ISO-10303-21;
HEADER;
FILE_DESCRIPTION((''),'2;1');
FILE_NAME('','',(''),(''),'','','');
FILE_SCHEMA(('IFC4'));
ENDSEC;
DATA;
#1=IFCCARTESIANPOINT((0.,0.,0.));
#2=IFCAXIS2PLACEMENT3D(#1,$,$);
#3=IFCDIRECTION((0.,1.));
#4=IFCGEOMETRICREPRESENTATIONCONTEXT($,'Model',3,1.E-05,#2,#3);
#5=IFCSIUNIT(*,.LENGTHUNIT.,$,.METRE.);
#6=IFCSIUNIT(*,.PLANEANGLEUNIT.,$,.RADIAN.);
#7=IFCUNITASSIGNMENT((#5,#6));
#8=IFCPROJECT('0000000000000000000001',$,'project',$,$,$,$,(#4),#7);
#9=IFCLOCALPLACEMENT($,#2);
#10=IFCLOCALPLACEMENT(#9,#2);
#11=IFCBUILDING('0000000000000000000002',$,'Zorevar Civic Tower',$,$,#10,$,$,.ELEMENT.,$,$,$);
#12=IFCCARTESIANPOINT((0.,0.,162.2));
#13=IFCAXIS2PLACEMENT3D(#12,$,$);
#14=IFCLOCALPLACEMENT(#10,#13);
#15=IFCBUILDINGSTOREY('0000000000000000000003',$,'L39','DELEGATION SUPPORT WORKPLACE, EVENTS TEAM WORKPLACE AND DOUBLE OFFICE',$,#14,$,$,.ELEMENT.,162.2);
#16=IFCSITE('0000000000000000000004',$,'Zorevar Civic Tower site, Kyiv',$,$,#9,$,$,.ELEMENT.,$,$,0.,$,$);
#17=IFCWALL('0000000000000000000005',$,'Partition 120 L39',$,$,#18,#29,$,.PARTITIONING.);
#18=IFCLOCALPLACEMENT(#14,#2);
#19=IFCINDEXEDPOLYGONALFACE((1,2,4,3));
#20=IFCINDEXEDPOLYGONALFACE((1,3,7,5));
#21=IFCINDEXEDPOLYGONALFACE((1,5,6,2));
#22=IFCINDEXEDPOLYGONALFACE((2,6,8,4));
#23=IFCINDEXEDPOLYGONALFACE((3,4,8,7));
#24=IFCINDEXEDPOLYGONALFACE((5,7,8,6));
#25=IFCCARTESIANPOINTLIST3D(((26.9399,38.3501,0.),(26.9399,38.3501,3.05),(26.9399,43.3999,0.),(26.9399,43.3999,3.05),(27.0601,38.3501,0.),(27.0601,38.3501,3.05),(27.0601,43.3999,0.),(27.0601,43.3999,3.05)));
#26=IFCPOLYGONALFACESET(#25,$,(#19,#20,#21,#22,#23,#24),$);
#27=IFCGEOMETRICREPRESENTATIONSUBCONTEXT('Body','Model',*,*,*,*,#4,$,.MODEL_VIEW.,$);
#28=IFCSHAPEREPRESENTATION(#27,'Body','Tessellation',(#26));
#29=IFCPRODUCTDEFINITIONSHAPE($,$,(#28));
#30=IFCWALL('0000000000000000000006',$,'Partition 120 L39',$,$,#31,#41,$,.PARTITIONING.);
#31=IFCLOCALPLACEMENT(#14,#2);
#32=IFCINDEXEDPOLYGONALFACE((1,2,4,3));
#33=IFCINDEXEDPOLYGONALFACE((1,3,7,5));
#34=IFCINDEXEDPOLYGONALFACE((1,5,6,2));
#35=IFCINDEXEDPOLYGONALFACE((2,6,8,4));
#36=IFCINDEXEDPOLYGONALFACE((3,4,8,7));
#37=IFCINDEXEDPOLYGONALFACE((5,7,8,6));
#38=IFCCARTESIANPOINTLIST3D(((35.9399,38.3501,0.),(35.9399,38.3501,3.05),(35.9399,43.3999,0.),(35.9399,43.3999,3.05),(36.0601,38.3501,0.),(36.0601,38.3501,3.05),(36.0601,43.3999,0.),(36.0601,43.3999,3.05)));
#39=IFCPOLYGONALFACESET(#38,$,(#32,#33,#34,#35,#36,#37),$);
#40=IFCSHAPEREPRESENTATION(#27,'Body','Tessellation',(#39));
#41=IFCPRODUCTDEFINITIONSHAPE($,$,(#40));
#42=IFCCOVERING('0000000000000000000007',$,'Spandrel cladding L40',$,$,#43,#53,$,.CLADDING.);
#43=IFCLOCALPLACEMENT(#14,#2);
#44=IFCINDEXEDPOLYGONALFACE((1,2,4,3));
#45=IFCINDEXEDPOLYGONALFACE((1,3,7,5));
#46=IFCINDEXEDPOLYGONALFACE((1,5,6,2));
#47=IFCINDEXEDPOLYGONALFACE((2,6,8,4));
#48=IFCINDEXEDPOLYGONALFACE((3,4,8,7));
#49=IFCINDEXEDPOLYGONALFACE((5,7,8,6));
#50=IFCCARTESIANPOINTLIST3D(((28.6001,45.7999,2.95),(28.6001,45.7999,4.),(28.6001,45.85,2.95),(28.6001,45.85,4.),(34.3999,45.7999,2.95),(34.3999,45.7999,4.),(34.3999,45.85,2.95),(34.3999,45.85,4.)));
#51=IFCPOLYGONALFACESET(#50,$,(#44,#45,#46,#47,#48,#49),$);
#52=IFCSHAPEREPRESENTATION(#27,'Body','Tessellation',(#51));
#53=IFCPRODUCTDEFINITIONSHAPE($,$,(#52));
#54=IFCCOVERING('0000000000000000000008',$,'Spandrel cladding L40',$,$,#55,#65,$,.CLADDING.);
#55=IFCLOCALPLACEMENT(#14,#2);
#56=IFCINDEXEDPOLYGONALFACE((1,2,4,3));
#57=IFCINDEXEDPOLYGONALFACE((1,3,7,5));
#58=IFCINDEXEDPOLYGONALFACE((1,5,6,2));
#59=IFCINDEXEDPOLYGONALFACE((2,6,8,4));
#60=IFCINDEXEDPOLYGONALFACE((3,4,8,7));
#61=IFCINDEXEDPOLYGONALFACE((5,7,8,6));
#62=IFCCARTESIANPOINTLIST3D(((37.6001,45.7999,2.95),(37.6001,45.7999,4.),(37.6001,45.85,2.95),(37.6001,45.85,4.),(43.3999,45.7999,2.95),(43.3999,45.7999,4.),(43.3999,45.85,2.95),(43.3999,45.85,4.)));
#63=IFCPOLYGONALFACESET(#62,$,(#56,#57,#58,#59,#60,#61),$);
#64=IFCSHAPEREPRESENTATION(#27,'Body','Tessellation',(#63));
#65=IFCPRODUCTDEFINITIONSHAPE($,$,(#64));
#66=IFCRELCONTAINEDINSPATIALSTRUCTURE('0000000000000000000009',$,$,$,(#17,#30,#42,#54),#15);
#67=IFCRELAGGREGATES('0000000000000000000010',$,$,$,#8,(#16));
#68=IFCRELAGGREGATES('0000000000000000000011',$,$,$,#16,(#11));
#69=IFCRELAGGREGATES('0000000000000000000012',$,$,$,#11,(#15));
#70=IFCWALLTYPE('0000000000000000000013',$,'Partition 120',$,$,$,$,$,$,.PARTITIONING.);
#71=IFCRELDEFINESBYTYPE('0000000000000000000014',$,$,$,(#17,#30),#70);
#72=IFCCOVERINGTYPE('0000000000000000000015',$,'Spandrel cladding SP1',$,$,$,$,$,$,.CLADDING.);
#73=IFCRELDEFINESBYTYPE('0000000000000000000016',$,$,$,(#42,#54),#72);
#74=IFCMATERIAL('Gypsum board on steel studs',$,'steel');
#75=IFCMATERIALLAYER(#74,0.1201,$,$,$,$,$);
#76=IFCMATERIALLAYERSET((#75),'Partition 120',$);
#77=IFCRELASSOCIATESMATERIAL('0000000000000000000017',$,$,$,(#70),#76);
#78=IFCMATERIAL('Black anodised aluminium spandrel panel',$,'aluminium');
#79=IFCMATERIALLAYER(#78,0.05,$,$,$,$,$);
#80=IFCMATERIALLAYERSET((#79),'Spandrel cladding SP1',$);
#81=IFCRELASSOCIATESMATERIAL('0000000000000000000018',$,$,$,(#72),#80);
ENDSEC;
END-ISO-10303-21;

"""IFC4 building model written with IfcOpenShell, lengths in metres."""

from ifc_helpers import new_model, si_unit, direction, frame, frame_2d, origin, place, context, subcontext, project, spatial, rectangle, extrude, material, layer, layer_set, type_object, element, save


model = new_model("IFC4")

# Units and contexts
model_context = context("Model", 3, precision=1e-05, world=origin(), true_north=direction((0.0, 1.0)))
body_context = subcontext(model_context, "Body", "Model", "MODEL_VIEW")
ifc_project = project(units=[si_unit("LENGTHUNIT", "METRE"), si_unit("PLANEANGLEUNIT", "RADIAN")], contexts=[model_context])

# Site, building, storey
site_placement = place(None, origin())
site = spatial("IfcSite", under=ifc_project, at=site_placement, Name="Zorevar Civic Tower site, Kyiv", CompositionType="ELEMENT", RefElevation=0.0)
building_placement = place(site_placement, origin())
building = spatial("IfcBuilding", under=site, at=building_placement, Name="Zorevar Civic Tower", CompositionType="ELEMENT")
storey_placement = place(building_placement, frame((0.0, 0.0, 162.2)))
storey = spatial("IfcBuildingStorey", under=building, at=storey_placement, Name="L39", Description="DELEGATION SUPPORT WORKPLACE, EVENTS TEAM WORKPLACE AND DOUBLE OFFICE", CompositionType="ELEMENT", Elevation=162.2)

# Shared definitions
ifc_material_1 = material(Name="Gypsum board on steel studs", Category="steel")
ifc_layer_1 = layer(ifc_material_1, 0.1201)
ifc_layer_set_1 = layer_set([ifc_layer_1], Name="Partition 120")
wall_type = type_object("IfcWallType", Name="Partition 120", PredefinedType="PARTITIONING", material=ifc_layer_set_1)

# Walls
for number, where, z_axis, x_axis, name in (
    (1, (27.0, 38.3501, 0.0), (0.0, 0.0, 1.0), (0.0, 1.0, 0.0), "Partition 120 L39"),
    (2, (36.0, 38.3501, 0.0), (0.0, 0.0, 1.0), (0.0, 1.0, 0.0), "Partition 120 L39"),
):
    element("IfcWall", number, at=place(storey_placement, frame(where, z_axis=z_axis, x_axis=x_axis)), inside=storey, type_object=wall_type, Name=name, PredefinedType="PARTITIONING", context=body_context, shape_type="SweptSolid", body=[
        extrude(rectangle(XDim=5.0498, YDim=0.1201, at=frame_2d((2.5249, 0.0))), origin(), (0.0, 0.0, 1.0), 3.05),
    ])

# Coverings
ifc_material_2 = material(Name="Black anodised aluminium spandrel panel", Category="aluminium")
ifc_layer_2 = layer(ifc_material_2, 0.05)
ifc_layer_set_2 = layer_set([ifc_layer_2], Name="Spandrel cladding SP1")
covering_type = type_object("IfcCoveringType", Name="Spandrel cladding SP1", PredefinedType="CLADDING", material=ifc_layer_set_2)
for number, where, z_axis, x_axis, name in (
    (3, (28.6001, 45.825, 2.95), (0.0, 0.0, 1.0), (1.0, 0.0, 0.0), "Spandrel cladding L40"),
    (4, (37.6001, 45.825, 2.95), (0.0, 0.0, 1.0), (1.0, 0.0, 0.0), "Spandrel cladding L40"),
):
    element("IfcCovering", number, at=place(storey_placement, frame(where, z_axis=z_axis, x_axis=x_axis)), inside=storey, type_object=covering_type, Name=name, PredefinedType="CLADDING", context=body_context, shape_type="SweptSolid", body=[
        extrude(rectangle(XDim=5.7998, YDim=0.05, at=frame_2d((2.8999, 0.0))), origin(), (0.0, 0.0, 1.0), 1.05),
    ])

save(model, "model.ifc")
